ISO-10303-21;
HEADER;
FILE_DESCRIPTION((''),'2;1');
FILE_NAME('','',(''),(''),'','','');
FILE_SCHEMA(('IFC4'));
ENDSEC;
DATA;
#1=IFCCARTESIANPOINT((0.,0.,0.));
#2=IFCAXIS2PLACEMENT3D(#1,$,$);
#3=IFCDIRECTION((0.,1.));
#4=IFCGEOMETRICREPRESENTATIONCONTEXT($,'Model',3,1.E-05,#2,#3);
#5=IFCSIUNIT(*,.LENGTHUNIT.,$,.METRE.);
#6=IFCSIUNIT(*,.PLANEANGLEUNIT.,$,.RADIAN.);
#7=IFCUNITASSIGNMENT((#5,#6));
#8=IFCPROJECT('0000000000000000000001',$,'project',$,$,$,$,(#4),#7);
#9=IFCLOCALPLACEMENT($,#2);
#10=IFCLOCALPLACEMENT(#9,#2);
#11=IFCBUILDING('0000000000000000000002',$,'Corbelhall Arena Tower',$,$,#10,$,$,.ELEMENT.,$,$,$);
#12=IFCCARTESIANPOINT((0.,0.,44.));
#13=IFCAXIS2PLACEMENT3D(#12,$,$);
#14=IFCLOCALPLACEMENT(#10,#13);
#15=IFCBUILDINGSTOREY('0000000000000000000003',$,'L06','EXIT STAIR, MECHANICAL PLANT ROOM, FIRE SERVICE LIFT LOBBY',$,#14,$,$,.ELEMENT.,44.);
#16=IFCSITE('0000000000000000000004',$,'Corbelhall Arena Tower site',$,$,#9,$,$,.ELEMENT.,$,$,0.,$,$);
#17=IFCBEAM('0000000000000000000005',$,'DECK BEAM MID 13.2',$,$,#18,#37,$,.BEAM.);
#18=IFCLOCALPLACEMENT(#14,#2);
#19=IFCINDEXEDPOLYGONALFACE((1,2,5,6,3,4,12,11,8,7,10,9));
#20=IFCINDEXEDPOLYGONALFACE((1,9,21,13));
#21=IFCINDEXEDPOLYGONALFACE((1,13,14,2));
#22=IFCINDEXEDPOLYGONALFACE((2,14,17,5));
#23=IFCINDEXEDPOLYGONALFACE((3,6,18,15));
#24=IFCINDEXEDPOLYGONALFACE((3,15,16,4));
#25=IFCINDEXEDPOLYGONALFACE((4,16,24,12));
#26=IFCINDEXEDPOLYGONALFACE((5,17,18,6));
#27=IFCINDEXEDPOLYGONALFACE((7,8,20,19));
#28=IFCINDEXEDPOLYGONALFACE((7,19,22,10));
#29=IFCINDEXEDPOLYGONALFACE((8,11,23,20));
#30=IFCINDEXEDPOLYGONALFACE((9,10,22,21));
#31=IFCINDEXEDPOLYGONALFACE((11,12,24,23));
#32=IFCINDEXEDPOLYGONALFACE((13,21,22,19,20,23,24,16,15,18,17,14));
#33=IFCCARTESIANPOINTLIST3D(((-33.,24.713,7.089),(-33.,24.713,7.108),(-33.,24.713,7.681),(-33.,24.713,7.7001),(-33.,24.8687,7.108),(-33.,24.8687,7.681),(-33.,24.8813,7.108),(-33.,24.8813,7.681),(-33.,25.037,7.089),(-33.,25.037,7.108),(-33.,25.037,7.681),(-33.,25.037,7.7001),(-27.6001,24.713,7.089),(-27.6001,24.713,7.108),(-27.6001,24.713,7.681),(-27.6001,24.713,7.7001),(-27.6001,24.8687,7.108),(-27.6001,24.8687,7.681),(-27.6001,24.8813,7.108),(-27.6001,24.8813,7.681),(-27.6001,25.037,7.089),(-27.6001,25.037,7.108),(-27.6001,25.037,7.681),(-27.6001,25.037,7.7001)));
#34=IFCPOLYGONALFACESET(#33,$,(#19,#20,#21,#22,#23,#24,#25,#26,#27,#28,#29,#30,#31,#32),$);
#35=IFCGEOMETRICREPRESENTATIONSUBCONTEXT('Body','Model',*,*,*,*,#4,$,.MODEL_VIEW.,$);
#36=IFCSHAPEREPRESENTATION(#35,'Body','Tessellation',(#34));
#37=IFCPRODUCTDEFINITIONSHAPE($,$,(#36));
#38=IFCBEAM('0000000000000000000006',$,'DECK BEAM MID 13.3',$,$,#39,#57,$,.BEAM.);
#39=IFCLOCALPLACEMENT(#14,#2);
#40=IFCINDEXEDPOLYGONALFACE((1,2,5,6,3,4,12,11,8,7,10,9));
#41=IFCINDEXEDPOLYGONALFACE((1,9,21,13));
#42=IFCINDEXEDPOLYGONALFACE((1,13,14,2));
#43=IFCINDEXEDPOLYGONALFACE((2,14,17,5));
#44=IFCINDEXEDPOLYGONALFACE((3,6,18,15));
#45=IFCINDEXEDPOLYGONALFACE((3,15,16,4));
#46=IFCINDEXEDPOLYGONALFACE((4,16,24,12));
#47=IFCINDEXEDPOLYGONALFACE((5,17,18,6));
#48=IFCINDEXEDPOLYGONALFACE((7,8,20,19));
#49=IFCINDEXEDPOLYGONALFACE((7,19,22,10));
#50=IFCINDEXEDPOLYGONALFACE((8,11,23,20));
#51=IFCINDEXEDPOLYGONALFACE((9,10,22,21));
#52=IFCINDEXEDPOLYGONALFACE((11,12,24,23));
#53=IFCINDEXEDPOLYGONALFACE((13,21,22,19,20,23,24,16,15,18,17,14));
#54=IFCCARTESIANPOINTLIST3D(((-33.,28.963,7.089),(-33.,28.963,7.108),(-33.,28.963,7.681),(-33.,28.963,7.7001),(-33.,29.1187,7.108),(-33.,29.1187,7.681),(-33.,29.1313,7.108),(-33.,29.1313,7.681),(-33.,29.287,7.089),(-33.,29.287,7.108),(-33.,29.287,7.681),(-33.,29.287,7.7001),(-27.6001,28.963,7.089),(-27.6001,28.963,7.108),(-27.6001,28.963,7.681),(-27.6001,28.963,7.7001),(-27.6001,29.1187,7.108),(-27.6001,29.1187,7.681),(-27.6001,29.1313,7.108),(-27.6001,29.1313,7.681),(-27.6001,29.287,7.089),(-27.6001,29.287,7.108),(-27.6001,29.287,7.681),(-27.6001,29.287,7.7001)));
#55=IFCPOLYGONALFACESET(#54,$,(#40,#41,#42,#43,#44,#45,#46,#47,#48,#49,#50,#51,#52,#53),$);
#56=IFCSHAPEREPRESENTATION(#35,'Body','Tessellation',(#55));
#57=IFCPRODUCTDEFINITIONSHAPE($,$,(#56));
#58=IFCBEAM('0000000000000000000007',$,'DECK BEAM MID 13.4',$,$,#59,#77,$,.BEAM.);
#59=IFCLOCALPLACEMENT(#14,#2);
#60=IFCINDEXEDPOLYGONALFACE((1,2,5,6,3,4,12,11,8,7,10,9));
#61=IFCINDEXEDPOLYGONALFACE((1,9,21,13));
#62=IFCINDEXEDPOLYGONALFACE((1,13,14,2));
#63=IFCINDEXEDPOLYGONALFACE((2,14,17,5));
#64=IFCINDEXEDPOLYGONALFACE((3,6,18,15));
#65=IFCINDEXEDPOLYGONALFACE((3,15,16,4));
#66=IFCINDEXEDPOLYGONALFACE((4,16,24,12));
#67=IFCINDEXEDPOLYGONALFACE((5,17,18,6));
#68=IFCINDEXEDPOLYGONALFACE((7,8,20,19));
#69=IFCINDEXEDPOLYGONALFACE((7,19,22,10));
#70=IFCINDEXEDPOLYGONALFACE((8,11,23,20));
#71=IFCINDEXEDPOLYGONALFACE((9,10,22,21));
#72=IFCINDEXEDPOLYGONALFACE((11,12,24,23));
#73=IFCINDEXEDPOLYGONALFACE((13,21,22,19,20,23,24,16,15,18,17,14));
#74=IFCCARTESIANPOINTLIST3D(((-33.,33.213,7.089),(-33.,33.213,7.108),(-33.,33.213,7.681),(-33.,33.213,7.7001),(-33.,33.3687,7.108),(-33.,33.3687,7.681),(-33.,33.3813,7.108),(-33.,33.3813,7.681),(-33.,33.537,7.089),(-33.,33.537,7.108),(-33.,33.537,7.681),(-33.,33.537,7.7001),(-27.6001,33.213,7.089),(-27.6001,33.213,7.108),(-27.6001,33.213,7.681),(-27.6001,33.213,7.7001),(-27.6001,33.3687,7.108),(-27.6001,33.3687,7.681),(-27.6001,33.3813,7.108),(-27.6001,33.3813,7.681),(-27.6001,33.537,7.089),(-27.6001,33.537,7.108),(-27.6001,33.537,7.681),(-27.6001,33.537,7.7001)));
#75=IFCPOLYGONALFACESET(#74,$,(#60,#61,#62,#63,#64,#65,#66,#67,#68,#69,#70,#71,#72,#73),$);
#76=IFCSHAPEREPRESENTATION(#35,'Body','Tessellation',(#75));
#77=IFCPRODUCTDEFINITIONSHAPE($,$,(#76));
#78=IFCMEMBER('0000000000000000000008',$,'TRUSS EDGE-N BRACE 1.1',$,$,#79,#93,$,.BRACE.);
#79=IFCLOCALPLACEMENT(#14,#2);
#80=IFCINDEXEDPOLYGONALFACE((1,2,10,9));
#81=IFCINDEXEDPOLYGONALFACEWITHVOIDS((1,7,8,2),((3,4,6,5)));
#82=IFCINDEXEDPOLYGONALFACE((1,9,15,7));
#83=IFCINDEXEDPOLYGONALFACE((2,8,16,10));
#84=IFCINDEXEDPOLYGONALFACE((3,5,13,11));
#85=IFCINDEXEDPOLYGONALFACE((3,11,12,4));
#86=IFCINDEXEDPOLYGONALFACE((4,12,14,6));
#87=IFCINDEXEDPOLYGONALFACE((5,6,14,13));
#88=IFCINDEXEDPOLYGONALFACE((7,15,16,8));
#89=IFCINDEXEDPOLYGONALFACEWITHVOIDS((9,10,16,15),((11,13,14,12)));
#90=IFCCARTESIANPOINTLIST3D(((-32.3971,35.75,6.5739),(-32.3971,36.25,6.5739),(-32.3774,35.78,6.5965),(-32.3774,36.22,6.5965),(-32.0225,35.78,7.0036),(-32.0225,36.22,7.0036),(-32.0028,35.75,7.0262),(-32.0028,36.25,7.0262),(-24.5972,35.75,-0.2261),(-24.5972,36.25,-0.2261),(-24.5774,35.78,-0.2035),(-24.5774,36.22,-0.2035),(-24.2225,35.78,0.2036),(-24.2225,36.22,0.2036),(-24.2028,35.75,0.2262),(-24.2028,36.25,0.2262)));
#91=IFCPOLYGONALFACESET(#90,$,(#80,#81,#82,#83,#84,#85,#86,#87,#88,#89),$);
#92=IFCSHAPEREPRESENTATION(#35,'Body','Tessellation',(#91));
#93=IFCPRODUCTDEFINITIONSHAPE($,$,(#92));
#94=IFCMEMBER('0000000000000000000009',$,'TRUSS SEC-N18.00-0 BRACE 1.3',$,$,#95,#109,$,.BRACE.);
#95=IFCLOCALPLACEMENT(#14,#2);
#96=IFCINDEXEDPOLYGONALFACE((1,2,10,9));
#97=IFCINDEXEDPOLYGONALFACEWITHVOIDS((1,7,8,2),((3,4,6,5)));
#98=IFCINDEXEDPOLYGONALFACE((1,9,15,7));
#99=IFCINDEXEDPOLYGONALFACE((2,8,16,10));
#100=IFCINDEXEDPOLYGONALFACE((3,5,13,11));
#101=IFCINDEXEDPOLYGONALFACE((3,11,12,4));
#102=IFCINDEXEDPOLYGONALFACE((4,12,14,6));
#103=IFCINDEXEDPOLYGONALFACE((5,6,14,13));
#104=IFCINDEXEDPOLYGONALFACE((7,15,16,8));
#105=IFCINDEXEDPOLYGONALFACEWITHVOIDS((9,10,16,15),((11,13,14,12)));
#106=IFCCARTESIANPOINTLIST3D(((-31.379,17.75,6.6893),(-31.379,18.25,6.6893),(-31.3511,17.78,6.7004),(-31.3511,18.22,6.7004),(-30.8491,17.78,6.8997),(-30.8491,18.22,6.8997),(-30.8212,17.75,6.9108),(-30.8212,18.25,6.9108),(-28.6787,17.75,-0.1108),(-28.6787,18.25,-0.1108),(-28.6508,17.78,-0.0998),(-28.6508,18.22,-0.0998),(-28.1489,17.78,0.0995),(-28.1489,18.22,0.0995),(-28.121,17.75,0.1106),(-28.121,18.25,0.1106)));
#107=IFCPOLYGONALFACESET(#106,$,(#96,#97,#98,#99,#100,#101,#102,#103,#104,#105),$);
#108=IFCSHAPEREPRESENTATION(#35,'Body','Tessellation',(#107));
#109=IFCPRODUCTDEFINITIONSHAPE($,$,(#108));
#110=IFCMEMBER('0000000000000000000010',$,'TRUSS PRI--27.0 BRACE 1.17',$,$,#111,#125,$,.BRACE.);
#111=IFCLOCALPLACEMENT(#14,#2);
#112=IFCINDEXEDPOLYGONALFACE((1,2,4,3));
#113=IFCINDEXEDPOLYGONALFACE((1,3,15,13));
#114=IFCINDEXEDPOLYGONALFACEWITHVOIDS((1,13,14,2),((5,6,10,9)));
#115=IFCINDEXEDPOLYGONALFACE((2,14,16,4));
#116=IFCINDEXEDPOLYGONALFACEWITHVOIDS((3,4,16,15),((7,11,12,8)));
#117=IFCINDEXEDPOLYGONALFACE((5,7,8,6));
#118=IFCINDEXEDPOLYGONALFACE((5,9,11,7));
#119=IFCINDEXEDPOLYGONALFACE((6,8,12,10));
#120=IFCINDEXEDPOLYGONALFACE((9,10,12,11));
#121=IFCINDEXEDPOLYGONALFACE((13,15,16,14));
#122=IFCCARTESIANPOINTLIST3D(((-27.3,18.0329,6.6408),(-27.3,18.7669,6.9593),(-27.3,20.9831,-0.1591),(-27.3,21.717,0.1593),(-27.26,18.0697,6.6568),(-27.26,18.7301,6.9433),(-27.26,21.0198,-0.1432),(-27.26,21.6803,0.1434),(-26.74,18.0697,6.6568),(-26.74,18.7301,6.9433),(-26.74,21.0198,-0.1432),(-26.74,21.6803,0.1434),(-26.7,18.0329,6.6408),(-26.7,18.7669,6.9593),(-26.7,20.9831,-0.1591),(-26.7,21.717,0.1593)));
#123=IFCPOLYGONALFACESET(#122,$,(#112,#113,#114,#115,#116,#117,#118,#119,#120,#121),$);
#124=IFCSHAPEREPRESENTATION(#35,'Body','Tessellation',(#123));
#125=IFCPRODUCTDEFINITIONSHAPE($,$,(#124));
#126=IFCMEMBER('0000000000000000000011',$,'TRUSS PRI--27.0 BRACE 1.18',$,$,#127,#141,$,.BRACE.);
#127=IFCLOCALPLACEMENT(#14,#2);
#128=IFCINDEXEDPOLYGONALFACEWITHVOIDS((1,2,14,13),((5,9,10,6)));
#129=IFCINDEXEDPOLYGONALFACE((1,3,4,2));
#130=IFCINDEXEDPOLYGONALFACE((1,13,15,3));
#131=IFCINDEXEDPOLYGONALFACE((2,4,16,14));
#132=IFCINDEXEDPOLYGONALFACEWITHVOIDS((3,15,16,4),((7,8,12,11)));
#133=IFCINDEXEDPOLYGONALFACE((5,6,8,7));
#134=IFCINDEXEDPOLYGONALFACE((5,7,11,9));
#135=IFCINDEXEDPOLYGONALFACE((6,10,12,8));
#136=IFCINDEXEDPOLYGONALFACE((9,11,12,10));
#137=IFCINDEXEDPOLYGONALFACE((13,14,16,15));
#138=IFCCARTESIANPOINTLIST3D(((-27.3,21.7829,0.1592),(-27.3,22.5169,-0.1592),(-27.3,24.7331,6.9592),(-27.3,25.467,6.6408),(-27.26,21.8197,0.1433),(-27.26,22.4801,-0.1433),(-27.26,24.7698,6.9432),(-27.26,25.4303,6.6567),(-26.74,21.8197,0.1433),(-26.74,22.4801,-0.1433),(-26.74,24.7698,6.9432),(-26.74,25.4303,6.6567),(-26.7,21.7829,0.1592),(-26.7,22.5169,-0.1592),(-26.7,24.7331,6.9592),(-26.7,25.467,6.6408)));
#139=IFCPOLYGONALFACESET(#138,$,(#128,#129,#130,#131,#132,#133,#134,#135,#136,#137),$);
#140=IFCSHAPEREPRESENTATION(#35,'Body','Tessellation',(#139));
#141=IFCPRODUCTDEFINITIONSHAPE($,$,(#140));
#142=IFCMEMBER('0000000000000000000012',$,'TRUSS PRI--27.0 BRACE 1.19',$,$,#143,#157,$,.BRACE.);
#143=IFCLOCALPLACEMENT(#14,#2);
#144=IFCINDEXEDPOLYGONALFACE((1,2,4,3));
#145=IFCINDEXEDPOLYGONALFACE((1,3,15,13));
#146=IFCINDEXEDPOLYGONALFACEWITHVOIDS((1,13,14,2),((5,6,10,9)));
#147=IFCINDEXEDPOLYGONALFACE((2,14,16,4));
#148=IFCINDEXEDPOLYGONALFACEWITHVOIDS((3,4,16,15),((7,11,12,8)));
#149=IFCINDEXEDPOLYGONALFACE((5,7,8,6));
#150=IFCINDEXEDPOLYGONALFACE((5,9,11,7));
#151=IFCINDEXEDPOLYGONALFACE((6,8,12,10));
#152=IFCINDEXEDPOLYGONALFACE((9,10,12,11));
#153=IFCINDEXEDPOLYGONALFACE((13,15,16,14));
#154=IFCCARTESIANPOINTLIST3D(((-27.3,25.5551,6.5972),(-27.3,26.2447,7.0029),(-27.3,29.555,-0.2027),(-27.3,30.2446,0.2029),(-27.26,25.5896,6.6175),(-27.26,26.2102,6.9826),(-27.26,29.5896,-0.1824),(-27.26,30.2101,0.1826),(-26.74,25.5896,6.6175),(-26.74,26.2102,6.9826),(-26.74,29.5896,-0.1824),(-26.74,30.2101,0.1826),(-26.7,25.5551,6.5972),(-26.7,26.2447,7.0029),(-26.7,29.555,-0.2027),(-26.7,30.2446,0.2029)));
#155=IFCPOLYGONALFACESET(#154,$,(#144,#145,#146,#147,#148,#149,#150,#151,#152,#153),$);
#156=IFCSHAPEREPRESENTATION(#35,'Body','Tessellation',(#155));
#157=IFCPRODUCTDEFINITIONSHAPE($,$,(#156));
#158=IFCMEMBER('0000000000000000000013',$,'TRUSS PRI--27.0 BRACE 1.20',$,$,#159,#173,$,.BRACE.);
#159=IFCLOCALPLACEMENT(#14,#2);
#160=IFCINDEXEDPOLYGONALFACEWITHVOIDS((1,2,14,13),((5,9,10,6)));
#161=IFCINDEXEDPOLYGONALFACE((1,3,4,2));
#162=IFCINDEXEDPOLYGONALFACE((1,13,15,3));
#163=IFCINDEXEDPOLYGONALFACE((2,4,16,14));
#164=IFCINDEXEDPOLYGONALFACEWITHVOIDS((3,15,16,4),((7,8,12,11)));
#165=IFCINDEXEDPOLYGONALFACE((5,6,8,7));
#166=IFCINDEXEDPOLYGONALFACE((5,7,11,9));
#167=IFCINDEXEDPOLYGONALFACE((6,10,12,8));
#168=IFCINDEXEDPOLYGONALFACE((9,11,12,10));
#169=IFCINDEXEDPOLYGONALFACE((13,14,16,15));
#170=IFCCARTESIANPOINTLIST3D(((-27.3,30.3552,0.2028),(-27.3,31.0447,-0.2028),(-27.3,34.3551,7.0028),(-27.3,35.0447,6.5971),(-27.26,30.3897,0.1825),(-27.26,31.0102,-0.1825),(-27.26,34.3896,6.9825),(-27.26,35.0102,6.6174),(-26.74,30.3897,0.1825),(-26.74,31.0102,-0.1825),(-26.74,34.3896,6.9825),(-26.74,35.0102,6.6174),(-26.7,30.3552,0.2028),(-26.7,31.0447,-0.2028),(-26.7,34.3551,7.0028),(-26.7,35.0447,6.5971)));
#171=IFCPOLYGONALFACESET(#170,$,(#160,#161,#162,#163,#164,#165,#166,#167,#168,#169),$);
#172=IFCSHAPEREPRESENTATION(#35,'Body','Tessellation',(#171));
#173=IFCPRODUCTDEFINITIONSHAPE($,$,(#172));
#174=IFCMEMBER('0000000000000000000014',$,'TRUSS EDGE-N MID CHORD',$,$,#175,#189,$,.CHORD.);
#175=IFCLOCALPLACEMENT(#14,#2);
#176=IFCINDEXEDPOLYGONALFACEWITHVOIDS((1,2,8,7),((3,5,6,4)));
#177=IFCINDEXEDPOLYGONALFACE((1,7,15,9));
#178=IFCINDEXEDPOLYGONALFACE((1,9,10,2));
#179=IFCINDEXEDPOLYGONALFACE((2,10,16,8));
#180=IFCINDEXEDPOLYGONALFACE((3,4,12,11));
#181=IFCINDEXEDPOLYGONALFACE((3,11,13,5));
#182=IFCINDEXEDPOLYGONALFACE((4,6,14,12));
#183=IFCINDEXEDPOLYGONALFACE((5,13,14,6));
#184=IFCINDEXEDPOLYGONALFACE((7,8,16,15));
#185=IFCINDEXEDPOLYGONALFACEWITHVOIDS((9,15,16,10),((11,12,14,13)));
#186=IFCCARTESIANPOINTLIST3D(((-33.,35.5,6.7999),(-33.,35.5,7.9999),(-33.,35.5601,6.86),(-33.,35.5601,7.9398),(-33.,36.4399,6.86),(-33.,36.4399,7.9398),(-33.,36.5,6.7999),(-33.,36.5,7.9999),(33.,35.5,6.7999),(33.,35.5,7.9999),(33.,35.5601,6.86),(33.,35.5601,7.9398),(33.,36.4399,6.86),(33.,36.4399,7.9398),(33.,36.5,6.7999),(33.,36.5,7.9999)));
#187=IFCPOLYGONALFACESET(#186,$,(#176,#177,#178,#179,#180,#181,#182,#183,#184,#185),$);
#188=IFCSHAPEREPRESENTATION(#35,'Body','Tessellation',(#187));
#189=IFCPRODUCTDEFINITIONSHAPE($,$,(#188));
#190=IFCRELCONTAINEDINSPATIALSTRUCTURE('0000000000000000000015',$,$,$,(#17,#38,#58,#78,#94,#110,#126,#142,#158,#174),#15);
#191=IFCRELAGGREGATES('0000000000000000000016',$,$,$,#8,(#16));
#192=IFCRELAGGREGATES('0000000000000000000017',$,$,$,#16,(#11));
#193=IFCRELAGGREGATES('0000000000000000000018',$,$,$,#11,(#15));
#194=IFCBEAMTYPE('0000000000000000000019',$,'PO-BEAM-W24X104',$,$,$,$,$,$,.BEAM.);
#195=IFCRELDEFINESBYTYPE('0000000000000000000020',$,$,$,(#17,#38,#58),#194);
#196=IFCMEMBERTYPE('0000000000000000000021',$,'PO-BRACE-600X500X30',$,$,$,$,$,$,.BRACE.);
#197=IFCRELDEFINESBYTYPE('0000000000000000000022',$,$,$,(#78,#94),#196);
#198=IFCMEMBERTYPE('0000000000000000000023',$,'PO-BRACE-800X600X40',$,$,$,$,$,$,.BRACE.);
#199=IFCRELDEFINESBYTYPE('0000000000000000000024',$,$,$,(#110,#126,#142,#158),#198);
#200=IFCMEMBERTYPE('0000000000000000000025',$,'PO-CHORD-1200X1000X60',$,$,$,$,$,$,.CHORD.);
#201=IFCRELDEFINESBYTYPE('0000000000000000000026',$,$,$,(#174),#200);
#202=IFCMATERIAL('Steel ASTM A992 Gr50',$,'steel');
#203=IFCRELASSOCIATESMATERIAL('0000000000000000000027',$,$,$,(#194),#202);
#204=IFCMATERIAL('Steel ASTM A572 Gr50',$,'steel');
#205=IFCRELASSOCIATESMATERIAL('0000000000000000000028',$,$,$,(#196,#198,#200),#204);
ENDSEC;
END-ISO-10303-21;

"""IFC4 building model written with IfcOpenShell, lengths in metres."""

from ifc_helpers import new_model, si_unit, direction, frame, origin, origin_2d, place, context, subcontext, project, spatial, hollow_rectangle, i_section, extrude, material, material_profile, profile_set, type_object, element, save


model = new_model("IFC4")

# Units and contexts
model_context = context("Model", 3, precision=1e-05, world=origin(), true_north=direction((0.0, 1.0)))
body_context = subcontext(model_context, "Body", "Model", "MODEL_VIEW")
ifc_project = project(units=[si_unit("LENGTHUNIT", "METRE"), si_unit("PLANEANGLEUNIT", "RADIAN")], contexts=[model_context])

# Site, building, storey
site_placement = place(None, origin())
site = spatial("IfcSite", under=ifc_project, at=site_placement, Name="Corbelhall Arena Tower site", CompositionType="ELEMENT", RefElevation=0.0)
building_placement = place(site_placement, origin())
building = spatial("IfcBuilding", under=site, at=building_placement, Name="Corbelhall Arena Tower", CompositionType="ELEMENT")
storey_placement = place(building_placement, frame((0.0, 0.0, 44.0)))
storey = spatial("IfcBuildingStorey", under=building, at=storey_placement, Name="L06", Description="EXIT STAIR, MECHANICAL PLANT ROOM, FIRE SERVICE LIFT LOBBY", CompositionType="ELEMENT", Elevation=44.0)

# Beams
ifc_material_1 = material(Name="Steel ASTM A992 Gr50", Category="steel")
ifc_material_profile_1 = material_profile(ifc_material_1, i_section(OverallWidth=0.324, OverallDepth=0.6111, WebThickness=0.0127, FlangeThickness=0.019, at=origin_2d()))
ifc_profile_set_1 = profile_set([ifc_material_profile_1], Name="Steel ASTM A992 Gr50")
beam_type = type_object("IfcBeamType", Name="PO-BEAM-W24X104", PredefinedType="BEAM", material=ifc_profile_set_1)
for number, where, z_axis, x_axis, name in (
    (1, (-33.0, 24.875, 7.3945), (1.0, 0.0, 0.0), (0.0, 1.0, 0.0), "DECK BEAM MID 13.2"),
    (2, (-33.0, 29.125, 7.3945), (1.0, 0.0, 0.0), (0.0, 1.0, 0.0), "DECK BEAM MID 13.3"),
    (3, (-33.0, 33.375, 7.3945), (1.0, 0.0, 0.0), (0.0, 1.0, 0.0), "DECK BEAM MID 13.4"),
):
    element("IfcBeam", number, at=place(storey_placement, frame(where, z_axis=z_axis, x_axis=x_axis)), inside=storey, type_object=beam_type, Name=name, PredefinedType="BEAM", context=body_context, shape_type="SweptSolid", body=[
        extrude(i_section(OverallWidth=0.324, OverallDepth=0.6111, WebThickness=0.0127, FlangeThickness=0.019, at=origin_2d()), origin(), (0.0, 0.0, 1.0), 5.3999),
    ])

# Members
ifc_material_2 = material(Name="Steel ASTM A572 Gr50", Category="steel")
ifc_material_profile_2 = material_profile(ifc_material_2, hollow_rectangle(XDim=0.5, YDim=0.6001, WallThickness=0.03, at=origin_2d()))
ifc_profile_set_2 = profile_set([ifc_material_profile_2], Name="Steel ASTM A572 Gr50")
member_type_1 = type_object("IfcMemberType", Name="PO-BRACE-600X500X30", PredefinedType="BRACE", material=ifc_profile_set_2)
member_1_placement = place(storey_placement, frame((-32.2, 36.0, 6.8), z_axis=(0.753772, 0.0, -0.657136), x_axis=(0.0, 1.0, 0.0)))
element("IfcMember", 4, at=member_1_placement, inside=storey, type_object=member_type_1, Name="TRUSS EDGE-N BRACE 1.1", PredefinedType="BRACE", context=body_context, shape_type="SweptSolid", body=[
    extrude(hollow_rectangle(XDim=0.5, YDim=0.6001, WallThickness=0.03, at=origin_2d()), origin(), (0.0, 0.0, 1.0), 10.3479),
])
member_2_placement = place(storey_placement, frame((-31.1001, 18.0, 6.8), z_axis=(0.369054, 0.0, -0.929408), x_axis=(0.0, 1.0, 0.0)))
element("IfcMember", 5, at=member_2_placement, inside=storey, type_object=member_type_1, Name="TRUSS SEC-N18.00-0 BRACE 1.3", PredefinedType="BRACE", context=body_context, shape_type="SweptSolid", body=[
    extrude(hollow_rectangle(XDim=0.5, YDim=0.6001, WallThickness=0.03, at=origin_2d()), origin(), (0.0, 0.0, 1.0), 7.3167),
])
ifc_material_profile_3 = material_profile(ifc_material_2, hollow_rectangle(XDim=0.6001, YDim=0.8, WallThickness=0.04, at=origin_2d()))
ifc_profile_set_3 = profile_set([ifc_material_profile_3], Name="Steel ASTM A572 Gr50")
member_type_2 = type_object("IfcMemberType", Name="PO-BRACE-800X600X40", PredefinedType="BRACE", material=ifc_profile_set_3)
for number, where, z_axis, x_axis, name in (
    (6, (-27.0, 18.3999, 6.8), (0.0, 0.398006, -0.917383), (-1.0, 0.0, 0.0), "TRUSS PRI--27.0 BRACE 1.17"),
    (7, (-27.0, 22.1499, 0.0), (0.0, 0.398006, 0.917383), (-1.0, 0.0, 0.0), "TRUSS PRI--27.0 BRACE 1.18"),
):
    element("IfcMember", number, at=place(storey_placement, frame(where, z_axis=z_axis, x_axis=x_axis)), inside=storey, type_object=member_type_2, Name=name, PredefinedType="BRACE", context=body_context, shape_type="SweptSolid", body=[
        extrude(hollow_rectangle(XDim=0.6001, YDim=0.8, WallThickness=0.04, at=origin_2d()), origin(), (0.0, 0.0, 1.0), 7.4124),
    ])
for number, where, z_axis, x_axis, name in (
    (8, (-27.0, 25.8999, 6.8), (0.0, 0.507017, -0.861936), (-1.0, 0.0, 0.0), "TRUSS PRI--27.0 BRACE 1.19"),
    (9, (-27.0, 30.7, 0.0), (0.0, 0.507017, 0.861936), (-1.0, 0.0, 0.0), "TRUSS PRI--27.0 BRACE 1.20"),
):
    element("IfcMember", number, at=place(storey_placement, frame(where, z_axis=z_axis, x_axis=x_axis)), inside=storey, type_object=member_type_2, Name=name, PredefinedType="BRACE", context=body_context, shape_type="SweptSolid", body=[
        extrude(hollow_rectangle(XDim=0.6001, YDim=0.8, WallThickness=0.04, at=origin_2d()), origin(), (0.0, 0.0, 1.0), 7.8892),
    ])
ifc_material_profile_4 = material_profile(ifc_material_2, hollow_rectangle(XDim=1.0, YDim=1.2, WallThickness=0.0601, at=origin_2d()))
ifc_profile_set_4 = profile_set([ifc_material_profile_4], Name="Steel ASTM A572 Gr50")
member_type_3 = type_object("IfcMemberType", Name="PO-CHORD-1200X1000X60", PredefinedType="CHORD", material=ifc_profile_set_4)
member_3_placement = place(storey_placement, frame((-33.0, 36.0, 7.3999), z_axis=(1.0, 0.0, 0.0), x_axis=(0.0, 1.0, 0.0)))
element("IfcMember", 10, at=member_3_placement, inside=storey, type_object=member_type_3, Name="TRUSS EDGE-N MID CHORD", PredefinedType="CHORD", context=body_context, shape_type="SweptSolid", body=[
    extrude(hollow_rectangle(XDim=1.0, YDim=1.2, WallThickness=0.0601, at=origin_2d()), origin(), (0.0, 0.0, 1.0), 66.0),
])

save(model, "model.ifc")
